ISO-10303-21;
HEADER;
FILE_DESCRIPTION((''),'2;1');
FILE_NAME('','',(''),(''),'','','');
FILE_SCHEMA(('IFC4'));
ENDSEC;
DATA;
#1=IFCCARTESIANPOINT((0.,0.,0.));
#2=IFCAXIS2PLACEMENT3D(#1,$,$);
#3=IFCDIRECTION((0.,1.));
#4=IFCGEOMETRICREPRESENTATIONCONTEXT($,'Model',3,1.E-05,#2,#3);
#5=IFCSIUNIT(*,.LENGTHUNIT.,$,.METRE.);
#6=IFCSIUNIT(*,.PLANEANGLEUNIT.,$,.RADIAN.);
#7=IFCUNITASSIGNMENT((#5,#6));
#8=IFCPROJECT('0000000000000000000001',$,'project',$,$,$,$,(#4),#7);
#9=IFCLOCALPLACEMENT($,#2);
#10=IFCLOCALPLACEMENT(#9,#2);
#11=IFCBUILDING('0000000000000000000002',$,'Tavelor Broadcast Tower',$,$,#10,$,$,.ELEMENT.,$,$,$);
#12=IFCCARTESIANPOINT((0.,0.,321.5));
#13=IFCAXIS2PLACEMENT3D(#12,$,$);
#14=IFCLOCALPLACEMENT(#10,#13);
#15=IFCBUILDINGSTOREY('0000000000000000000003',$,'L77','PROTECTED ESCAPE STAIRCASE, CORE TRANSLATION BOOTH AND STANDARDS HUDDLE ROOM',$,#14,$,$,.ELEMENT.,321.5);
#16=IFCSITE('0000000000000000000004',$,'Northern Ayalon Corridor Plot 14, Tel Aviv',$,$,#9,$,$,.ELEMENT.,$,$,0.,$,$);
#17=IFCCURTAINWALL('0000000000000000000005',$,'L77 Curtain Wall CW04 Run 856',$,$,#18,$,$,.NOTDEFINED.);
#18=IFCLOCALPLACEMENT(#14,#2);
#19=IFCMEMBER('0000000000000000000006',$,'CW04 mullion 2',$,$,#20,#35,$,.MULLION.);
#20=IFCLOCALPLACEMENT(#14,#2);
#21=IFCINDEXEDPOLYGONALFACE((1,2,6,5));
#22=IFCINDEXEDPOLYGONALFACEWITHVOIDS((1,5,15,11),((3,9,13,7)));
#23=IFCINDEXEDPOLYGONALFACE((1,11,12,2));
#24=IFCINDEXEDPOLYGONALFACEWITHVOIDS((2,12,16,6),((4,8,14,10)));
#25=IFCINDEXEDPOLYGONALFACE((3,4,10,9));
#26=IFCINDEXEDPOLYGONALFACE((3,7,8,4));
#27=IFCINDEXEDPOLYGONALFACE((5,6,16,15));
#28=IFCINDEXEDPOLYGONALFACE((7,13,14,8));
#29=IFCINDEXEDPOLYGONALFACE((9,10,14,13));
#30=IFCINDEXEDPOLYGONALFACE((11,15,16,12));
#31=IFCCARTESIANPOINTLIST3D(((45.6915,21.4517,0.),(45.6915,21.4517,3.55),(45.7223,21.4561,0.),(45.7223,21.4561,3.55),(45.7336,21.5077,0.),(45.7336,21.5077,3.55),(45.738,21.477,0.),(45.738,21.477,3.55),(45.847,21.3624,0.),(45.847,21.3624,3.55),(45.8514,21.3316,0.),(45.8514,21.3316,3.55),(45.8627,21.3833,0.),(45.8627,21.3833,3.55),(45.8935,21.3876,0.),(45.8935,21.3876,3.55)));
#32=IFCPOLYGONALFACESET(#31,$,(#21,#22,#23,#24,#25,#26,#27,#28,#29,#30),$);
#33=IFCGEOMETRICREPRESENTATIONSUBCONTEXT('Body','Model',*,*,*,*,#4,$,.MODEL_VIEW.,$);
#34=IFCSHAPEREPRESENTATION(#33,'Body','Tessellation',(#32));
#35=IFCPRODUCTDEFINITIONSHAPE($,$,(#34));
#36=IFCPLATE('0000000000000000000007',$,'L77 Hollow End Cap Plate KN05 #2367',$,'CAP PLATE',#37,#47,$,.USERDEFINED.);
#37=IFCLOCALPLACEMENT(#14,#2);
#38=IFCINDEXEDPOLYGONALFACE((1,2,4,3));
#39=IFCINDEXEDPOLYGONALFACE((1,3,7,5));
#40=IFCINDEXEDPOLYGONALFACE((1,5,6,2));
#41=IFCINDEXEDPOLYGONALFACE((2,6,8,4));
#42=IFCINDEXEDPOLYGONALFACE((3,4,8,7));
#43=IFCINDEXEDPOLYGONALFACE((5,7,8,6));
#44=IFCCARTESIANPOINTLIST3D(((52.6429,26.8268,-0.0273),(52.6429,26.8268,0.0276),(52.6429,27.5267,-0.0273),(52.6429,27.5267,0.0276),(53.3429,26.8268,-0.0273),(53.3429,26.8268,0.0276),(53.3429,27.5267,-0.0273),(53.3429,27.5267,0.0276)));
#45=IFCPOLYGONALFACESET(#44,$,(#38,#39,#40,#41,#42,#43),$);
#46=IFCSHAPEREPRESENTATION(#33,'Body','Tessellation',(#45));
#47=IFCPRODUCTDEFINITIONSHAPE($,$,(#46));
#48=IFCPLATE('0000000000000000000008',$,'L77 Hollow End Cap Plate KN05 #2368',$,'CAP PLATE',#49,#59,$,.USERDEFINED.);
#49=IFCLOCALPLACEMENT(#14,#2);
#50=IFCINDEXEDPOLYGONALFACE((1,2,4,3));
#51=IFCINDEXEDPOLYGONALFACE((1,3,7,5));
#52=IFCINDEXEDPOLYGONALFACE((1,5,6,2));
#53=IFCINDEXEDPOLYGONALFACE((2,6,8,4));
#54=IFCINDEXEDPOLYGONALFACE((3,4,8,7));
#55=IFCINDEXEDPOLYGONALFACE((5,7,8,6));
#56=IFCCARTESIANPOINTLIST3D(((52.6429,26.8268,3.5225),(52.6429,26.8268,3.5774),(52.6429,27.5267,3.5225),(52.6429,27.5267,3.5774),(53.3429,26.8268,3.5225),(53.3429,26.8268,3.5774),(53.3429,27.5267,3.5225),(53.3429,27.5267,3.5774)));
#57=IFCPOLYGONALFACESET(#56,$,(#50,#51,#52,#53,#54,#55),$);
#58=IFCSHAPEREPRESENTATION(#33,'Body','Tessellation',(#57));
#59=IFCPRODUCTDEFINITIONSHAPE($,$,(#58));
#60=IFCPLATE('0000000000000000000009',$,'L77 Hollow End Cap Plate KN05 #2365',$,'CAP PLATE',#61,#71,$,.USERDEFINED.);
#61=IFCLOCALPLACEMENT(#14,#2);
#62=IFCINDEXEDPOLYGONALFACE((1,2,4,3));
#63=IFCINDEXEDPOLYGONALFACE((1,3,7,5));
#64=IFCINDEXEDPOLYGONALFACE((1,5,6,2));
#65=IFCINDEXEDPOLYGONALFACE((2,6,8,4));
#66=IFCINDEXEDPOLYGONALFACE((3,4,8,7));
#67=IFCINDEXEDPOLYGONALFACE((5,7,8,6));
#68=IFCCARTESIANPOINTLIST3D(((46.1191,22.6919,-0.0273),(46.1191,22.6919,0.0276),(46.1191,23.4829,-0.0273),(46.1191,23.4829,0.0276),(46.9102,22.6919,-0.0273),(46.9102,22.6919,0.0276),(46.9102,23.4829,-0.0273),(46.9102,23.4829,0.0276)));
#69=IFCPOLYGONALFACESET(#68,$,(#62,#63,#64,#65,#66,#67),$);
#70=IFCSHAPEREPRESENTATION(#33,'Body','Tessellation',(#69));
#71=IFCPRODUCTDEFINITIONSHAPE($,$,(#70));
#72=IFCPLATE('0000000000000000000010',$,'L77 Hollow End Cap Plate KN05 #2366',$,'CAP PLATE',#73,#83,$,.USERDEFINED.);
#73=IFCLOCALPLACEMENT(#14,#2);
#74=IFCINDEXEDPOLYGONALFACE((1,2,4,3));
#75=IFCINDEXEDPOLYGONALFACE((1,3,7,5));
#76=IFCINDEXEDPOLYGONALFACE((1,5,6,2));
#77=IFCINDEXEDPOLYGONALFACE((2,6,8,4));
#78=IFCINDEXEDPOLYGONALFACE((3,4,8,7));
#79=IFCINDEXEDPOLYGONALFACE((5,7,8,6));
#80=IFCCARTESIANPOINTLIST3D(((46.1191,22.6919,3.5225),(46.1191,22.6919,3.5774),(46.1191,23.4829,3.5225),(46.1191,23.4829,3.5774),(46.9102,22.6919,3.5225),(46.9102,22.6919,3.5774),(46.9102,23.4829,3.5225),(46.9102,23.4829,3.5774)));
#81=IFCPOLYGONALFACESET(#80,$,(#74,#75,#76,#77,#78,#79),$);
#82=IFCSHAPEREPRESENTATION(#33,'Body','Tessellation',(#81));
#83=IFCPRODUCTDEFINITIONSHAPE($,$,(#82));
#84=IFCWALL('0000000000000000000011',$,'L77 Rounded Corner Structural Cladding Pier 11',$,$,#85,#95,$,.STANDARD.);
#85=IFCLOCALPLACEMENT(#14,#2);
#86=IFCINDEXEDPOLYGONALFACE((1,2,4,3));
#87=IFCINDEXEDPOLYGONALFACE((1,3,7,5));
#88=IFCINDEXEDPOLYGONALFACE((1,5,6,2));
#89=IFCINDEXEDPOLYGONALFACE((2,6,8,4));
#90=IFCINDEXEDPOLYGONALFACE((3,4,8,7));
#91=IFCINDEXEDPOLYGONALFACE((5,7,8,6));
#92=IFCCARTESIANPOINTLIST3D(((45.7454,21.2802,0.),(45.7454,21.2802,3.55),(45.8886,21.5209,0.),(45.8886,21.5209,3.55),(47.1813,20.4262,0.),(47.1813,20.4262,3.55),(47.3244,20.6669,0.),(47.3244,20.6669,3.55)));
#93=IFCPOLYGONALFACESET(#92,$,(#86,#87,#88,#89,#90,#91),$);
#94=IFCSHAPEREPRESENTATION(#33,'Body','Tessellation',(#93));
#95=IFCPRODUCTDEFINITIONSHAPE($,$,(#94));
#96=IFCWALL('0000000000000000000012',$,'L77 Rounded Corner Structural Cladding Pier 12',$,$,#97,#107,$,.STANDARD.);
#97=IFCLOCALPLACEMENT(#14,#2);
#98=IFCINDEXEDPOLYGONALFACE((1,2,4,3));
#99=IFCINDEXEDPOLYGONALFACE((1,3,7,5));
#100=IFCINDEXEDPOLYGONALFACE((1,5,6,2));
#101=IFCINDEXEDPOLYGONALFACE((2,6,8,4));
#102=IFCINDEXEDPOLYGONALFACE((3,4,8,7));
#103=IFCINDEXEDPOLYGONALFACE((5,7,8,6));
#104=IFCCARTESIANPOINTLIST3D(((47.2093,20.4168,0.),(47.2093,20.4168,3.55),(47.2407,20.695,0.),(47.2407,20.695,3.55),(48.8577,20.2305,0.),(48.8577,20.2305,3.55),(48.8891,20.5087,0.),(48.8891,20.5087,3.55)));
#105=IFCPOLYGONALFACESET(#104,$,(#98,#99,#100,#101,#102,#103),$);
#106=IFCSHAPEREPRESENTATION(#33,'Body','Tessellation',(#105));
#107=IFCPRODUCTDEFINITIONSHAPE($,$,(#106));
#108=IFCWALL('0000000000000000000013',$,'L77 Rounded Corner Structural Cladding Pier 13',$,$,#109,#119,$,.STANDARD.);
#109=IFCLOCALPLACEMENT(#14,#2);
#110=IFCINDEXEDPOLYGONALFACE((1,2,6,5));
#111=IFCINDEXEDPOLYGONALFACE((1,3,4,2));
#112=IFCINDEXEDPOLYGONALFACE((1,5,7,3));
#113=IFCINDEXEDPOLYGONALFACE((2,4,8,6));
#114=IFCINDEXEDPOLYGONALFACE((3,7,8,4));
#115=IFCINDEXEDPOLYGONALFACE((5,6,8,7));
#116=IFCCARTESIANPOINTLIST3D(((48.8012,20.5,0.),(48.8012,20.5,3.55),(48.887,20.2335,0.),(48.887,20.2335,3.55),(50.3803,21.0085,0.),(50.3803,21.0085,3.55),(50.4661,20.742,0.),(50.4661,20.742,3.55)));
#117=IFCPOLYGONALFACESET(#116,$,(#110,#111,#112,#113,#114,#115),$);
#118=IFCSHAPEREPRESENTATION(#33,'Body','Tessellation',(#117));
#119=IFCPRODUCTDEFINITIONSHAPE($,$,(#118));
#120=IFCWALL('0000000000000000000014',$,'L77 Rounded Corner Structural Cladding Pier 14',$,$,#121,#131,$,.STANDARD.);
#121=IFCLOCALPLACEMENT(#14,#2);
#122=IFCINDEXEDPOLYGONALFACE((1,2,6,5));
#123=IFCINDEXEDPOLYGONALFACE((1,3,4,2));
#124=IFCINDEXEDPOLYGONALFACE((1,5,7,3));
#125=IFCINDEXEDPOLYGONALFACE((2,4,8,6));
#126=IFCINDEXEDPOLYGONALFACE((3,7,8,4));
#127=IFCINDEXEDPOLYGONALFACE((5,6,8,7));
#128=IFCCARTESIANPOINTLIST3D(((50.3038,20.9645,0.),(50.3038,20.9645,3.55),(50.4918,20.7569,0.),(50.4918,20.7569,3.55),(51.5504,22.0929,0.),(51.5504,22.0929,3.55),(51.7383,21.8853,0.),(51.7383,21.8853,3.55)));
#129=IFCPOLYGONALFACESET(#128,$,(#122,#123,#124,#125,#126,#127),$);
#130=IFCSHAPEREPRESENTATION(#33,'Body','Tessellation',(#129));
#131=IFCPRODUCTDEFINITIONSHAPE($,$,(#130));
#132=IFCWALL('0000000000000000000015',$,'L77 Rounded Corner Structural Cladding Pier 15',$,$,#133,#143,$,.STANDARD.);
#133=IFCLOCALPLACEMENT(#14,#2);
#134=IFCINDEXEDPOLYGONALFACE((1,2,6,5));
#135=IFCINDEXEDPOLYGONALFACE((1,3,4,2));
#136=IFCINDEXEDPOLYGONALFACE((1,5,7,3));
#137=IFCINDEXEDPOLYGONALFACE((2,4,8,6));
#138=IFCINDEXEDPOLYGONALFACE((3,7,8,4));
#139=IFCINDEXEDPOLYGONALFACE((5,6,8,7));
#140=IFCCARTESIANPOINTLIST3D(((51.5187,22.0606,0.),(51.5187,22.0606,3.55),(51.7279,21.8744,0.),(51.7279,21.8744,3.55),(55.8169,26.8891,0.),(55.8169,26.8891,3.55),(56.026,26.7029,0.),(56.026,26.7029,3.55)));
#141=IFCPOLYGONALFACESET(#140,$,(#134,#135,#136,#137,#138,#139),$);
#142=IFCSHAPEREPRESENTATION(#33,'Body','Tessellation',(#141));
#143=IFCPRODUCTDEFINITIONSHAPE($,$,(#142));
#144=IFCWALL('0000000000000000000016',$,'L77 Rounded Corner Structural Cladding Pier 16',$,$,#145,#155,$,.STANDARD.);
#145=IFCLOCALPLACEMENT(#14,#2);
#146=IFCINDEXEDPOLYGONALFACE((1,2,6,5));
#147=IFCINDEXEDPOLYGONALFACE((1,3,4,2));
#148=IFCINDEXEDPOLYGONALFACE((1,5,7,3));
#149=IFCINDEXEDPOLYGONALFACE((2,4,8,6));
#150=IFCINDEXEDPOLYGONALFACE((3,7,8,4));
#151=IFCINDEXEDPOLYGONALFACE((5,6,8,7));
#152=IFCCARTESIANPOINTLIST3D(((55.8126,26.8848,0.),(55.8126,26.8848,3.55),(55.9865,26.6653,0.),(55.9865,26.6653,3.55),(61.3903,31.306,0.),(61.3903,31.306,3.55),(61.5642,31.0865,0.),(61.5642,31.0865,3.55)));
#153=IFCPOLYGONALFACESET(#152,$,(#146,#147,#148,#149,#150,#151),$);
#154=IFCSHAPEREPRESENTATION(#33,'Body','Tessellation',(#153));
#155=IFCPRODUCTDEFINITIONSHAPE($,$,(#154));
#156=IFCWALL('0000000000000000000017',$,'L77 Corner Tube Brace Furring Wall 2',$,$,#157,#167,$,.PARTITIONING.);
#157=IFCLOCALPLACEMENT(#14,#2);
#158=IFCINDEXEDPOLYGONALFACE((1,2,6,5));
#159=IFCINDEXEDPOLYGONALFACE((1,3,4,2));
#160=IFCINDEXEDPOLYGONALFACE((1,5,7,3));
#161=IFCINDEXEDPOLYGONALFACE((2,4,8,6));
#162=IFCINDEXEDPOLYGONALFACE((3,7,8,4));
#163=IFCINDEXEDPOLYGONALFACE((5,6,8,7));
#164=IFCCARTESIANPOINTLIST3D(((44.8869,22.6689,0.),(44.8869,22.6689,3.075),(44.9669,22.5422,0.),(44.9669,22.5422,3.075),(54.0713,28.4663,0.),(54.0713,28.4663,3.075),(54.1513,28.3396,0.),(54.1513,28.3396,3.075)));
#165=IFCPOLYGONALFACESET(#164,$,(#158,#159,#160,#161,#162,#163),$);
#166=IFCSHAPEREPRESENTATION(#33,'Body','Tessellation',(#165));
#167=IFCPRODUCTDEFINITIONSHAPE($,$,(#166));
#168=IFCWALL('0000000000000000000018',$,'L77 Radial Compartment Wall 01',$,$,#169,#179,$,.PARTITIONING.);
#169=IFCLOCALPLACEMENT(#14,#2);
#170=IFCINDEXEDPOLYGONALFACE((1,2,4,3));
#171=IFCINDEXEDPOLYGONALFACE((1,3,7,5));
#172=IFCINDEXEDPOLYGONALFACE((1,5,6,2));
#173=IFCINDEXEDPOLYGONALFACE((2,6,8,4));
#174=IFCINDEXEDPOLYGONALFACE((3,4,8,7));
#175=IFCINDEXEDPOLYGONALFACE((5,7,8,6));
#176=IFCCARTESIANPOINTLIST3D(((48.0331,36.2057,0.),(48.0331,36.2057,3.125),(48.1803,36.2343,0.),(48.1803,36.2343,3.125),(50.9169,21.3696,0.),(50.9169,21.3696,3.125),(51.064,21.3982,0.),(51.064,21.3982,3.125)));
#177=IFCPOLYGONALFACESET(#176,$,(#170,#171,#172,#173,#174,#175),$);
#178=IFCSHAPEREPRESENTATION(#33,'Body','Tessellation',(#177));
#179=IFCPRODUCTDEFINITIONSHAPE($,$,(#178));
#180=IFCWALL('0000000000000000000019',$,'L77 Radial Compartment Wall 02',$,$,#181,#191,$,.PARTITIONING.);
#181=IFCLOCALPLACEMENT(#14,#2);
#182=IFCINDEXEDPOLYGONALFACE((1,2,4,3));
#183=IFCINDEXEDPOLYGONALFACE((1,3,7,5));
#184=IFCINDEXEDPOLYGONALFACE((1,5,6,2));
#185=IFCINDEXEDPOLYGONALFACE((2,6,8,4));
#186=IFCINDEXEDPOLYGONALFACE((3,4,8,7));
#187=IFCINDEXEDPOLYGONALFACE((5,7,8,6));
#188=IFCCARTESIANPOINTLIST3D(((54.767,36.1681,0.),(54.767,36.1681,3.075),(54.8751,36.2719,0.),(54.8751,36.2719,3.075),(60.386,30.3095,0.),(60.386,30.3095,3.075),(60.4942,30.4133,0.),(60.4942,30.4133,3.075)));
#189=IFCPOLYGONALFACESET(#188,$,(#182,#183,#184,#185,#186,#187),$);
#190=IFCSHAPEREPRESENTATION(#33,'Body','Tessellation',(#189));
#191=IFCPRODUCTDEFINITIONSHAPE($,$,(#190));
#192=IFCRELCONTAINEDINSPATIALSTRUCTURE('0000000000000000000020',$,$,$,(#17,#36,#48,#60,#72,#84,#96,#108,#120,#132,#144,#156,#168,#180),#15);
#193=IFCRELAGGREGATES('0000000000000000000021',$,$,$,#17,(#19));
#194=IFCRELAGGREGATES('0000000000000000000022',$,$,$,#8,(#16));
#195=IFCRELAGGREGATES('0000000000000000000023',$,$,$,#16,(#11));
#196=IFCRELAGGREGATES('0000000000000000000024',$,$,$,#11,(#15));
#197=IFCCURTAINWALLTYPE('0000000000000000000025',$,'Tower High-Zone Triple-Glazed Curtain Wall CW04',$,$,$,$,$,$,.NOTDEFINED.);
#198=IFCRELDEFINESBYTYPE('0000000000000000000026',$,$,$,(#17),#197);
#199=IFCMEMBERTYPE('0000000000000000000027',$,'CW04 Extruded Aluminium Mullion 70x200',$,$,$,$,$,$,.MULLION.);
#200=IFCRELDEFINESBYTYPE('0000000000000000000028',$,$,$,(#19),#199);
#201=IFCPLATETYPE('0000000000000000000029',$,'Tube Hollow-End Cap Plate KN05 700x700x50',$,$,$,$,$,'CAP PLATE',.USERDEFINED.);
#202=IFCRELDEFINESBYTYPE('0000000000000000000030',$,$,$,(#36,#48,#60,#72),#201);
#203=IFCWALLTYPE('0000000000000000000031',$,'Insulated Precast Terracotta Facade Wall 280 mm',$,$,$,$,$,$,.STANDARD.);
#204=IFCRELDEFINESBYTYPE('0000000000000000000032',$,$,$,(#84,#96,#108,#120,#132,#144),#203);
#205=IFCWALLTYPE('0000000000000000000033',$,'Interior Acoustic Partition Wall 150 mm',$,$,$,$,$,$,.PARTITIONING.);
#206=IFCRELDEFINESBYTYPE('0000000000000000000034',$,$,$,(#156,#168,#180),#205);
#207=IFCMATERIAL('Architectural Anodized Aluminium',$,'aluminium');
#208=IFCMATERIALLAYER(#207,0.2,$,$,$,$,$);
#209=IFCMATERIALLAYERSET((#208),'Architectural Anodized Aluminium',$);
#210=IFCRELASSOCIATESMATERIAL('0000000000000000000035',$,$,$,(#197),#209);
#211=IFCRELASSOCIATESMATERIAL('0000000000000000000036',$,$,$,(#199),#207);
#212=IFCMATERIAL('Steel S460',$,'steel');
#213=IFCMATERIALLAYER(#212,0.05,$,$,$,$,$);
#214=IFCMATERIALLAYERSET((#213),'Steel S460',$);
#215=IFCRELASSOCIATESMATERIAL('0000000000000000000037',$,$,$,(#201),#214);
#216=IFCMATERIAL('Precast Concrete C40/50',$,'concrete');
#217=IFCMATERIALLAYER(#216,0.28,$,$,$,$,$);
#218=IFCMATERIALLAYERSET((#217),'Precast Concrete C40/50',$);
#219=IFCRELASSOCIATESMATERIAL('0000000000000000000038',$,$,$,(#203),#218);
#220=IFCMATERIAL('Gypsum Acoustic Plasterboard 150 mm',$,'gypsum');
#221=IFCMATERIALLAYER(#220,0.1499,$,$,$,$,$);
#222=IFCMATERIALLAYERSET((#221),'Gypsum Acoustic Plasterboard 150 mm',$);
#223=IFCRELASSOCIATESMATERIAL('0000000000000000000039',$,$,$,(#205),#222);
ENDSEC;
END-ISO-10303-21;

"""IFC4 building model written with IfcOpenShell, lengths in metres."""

from ifc_helpers import new_model, si_unit, direction, frame, frame_2d, origin, origin_2d, place, context, subcontext, project, spatial, rectangle, hollow_rectangle, extrude, source, transform, mapped, material, layer, layer_set, material_profile, profile_set, type_object, type_shapes, element, aggregate, save


model = new_model("IFC4")

# Units and contexts
model_context = context("Model", 3, precision=1e-05, world=origin(), true_north=direction((0.0, 1.0)))
body_context = subcontext(model_context, "Body", "Model", "MODEL_VIEW")
ifc_project = project(units=[si_unit("LENGTHUNIT", "METRE"), si_unit("PLANEANGLEUNIT", "RADIAN")], contexts=[model_context])

# Site, building, storey
site_placement = place(None, origin())
site = spatial("IfcSite", under=ifc_project, at=site_placement, Name="Northern Ayalon Corridor Plot 14, Tel Aviv", CompositionType="ELEMENT", RefElevation=0.0)
building_placement = place(site_placement, origin())
building = spatial("IfcBuilding", under=site, at=building_placement, Name="Tavelor Broadcast Tower", CompositionType="ELEMENT")
storey_placement = place(building_placement, frame((0.0, 0.0, 321.5)))
storey = spatial("IfcBuildingStorey", under=building, at=storey_placement, Name="L77", Description="PROTECTED ESCAPE STAIRCASE, CORE TRANSLATION BOOTH AND STANDARDS HUDDLE ROOM", CompositionType="ELEMENT", Elevation=321.5)

# Shared definitions
ifc_material_1 = material(Name="Steel S460", Category="steel")

# Curtain wall, member
ifc_material_2 = material(Name="Architectural Anodized Aluminium", Category="aluminium")
ifc_layer_1 = layer(ifc_material_2, 0.2)
ifc_layer_set_1 = layer_set([ifc_layer_1], Name="Architectural Anodized Aluminium")
curtain_wall_type = type_object("IfcCurtainWallType", Name="Tower High-Zone Triple-Glazed Curtain Wall CW04", PredefinedType="NOTDEFINED", material=ifc_layer_set_1)
curtain_wall_placement = place(storey_placement, origin())
curtain_wall = element("IfcCurtainWall", 1, at=curtain_wall_placement, inside=storey, type_object=curtain_wall_type, Name="L77 Curtain Wall CW04 Run 856", PredefinedType="NOTDEFINED")
ifc_material_profile_1 = material_profile(ifc_material_2, hollow_rectangle(XDim=0.0701, YDim=0.2, WallThickness=0.022, at=origin_2d()), Name="RHS 70x200x22")
ifc_profile_set_1 = profile_set([ifc_material_profile_1], Name="Architectural Anodized Aluminium")
member_type = type_object("IfcMemberType", Name="CW04 Extruded Aluminium Mullion 70x200", PredefinedType="MULLION", material=ifc_profile_set_1)
shared_shape_1 = source(origin(), body_context, "Body", "SweptSolid", [
    extrude(hollow_rectangle(XDim=0.0701, YDim=0.2, WallThickness=0.022, at=origin_2d()), origin(), (0.0, 0.0, 1.0), 3.55),
])
type_shapes(member_type, [shared_shape_1])
member_placement = place(storey_placement, frame((45.7925, 21.4197, 0.0), z_axis=(0.0, 0.0, 1.0), x_axis=(0.600747, 0.799439, 0.0)))
member = element("IfcMember", 2, at=member_placement, type_object=member_type, Name="CW04 mullion 2", PredefinedType="MULLION", context=body_context, shape_type="MappedRepresentation", body=[
    mapped(shared_shape_1, transform((0.0, 0.0, 0.0), scale=1.0)),
])
aggregate(curtain_wall, [member])

# Plates
ifc_layer_2 = layer(ifc_material_1, 0.05)
ifc_layer_set_2 = layer_set([ifc_layer_2], Name="Steel S460")
plate_type = type_object("IfcPlateType", Name="Tube Hollow-End Cap Plate KN05 700x700x50", ElementType="CAP PLATE", PredefinedType="USERDEFINED", material=ifc_layer_set_2)
shared_shape_2 = source(origin(), body_context, "Body", "SweptSolid", [
    extrude(rectangle(XDim=0.7, YDim=0.7, at=origin_2d()), origin(), (0.0, 0.0, 1.0), 0.0549),
])
for number, where, z_axis, x_axis, name in (
    (3, (52.9929, 27.1768, -0.0273), (0.0, 0.0, 1.0), (1.0, 0.0, 0.0), "L77 Hollow End Cap Plate KN05 #2367"),
    (4, (52.9929, 27.1768, 3.5225), (0.0, 0.0, 1.0), (1.0, 0.0, 0.0), "L77 Hollow End Cap Plate KN05 #2368"),
):
    element("IfcPlate", number, at=place(storey_placement, frame(where, z_axis=z_axis, x_axis=x_axis)), inside=storey, type_object=plate_type, Name=name, ObjectType="CAP PLATE", PredefinedType="USERDEFINED", context=body_context, shape_type="MappedRepresentation", body=[
        mapped(shared_shape_2, transform((0.0, 0.0, 0.0), scale=1.0)),
    ])
shared_shape_3 = source(origin(), body_context, "Body", "SweptSolid", [
    extrude(rectangle(XDim=0.791, YDim=0.791, at=origin_2d()), origin(), (0.0, 0.0, 1.0), 0.0549),
])
type_shapes(plate_type, [shared_shape_2, shared_shape_3])
for number, where, z_axis, x_axis, name in (
    (5, (46.5146, 23.0874, -0.0273), (0.0, 0.0, 1.0), (1.0, 0.0, 0.0), "L77 Hollow End Cap Plate KN05 #2365"),
    (6, (46.5146, 23.0874, 3.5225), (0.0, 0.0, 1.0), (1.0, 0.0, 0.0), "L77 Hollow End Cap Plate KN05 #2366"),
):
    element("IfcPlate", number, at=place(storey_placement, frame(where, z_axis=z_axis, x_axis=x_axis)), inside=storey, type_object=plate_type, Name=name, ObjectType="CAP PLATE", PredefinedType="USERDEFINED", context=body_context, shape_type="MappedRepresentation", body=[
        mapped(shared_shape_3, transform((0.0, 0.0, 0.0), scale=1.0)),
    ])

# Walls
ifc_material_3 = material(Name="Precast Concrete C40/50", Category="concrete")
ifc_layer_3 = layer(ifc_material_3, 0.28)
ifc_layer_set_3 = layer_set([ifc_layer_3], Name="Precast Concrete C40/50")
wall_type_1 = type_object("IfcWallType", Name="Insulated Precast Terracotta Facade Wall 280 mm", PredefinedType="STANDARD", material=ifc_layer_set_3)
wall_1_placement = place(storey_placement, frame((45.8169, 21.4006, 0.0), z_axis=(0.0, 0.0, 1.0), x_axis=(0.85946, -0.511204, 0.0)))
element("IfcWall", 7, at=wall_1_placement, inside=storey, type_object=wall_type_1, Name="L77 Rounded Corner Structural Cladding Pier 11", PredefinedType="STANDARD", context=body_context, shape_type="SweptSolid", body=[
    extrude(rectangle(XDim=1.6707, YDim=0.28, at=frame_2d((0.8354, 0.0))), origin(), (0.0, 0.0, 1.0), 3.55),
])
for number, where, z_axis, x_axis, name in (
    (8, (47.2249, 20.5559, 0.0), (0.0, 0.0, 1.0), (0.993676, -0.112289, 0.0), "L77 Rounded Corner Structural Cladding Pier 12"),
    (9, (48.844, 20.3667, 0.0), (0.0, 0.0, 1.0), (0.951857, 0.306543, 0.0), "L77 Rounded Corner Structural Cladding Pier 13"),
):
    element("IfcWall", number, at=place(storey_placement, frame(where, z_axis=z_axis, x_axis=x_axis)), inside=storey, type_object=wall_type_1, Name=name, PredefinedType="STANDARD", context=body_context, shape_type="SweptSolid", body=[
        extrude(rectangle(XDim=1.6589, YDim=0.28, at=frame_2d((0.8296, 0.0))), origin(), (0.0, 0.0, 1.0), 3.55),
    ])
wall_2_placement = place(storey_placement, frame((50.3977, 20.8606, 0.0), z_axis=(0.0, 0.0, 1.0), x_axis=(0.741371, 0.671096, 0.0)))
element("IfcWall", 10, at=wall_2_placement, inside=storey, type_object=wall_type_1, Name="L77 Rounded Corner Structural Cladding Pier 14", PredefinedType="STANDARD", context=body_context, shape_type="SweptSolid", body=[
    extrude(rectangle(XDim=1.6814, YDim=0.28, at=frame_2d((0.8408, 0.0))), origin(), (0.0, 0.0, 1.0), 3.55),
])
wall_3_placement = place(storey_placement, frame((51.6233, 21.9675, 0.0), z_axis=(0.0, 0.0, 1.0), x_axis=(0.6649, 0.746932, 0.0)))
element("IfcWall", 11, at=wall_3_placement, inside=storey, type_object=wall_type_1, Name="L77 Rounded Corner Structural Cladding Pier 15", PredefinedType="STANDARD", context=body_context, shape_type="SweptSolid", body=[
    extrude(rectangle(XDim=6.4644, YDim=0.28, at=frame_2d((3.2322, 0.0))), origin(), (0.0, 0.0, 1.0), 3.55),
])
wall_4_placement = place(storey_placement, frame((55.8997, 26.7751, 0.0), z_axis=(0.0, 0.0, 1.0), x_axis=(0.783669, 0.621179, 0.0)))
element("IfcWall", 12, at=wall_4_placement, inside=storey, type_object=wall_type_1, Name="L77 Rounded Corner Structural Cladding Pier 16", PredefinedType="STANDARD", context=body_context, shape_type="SweptSolid", body=[
    extrude(rectangle(XDim=7.1174, YDim=0.28, at=frame_2d((3.5586, 0.0))), origin(), (0.0, 0.0, 1.0), 3.55),
])
ifc_material_4 = material(Name="Gypsum Acoustic Plasterboard 150 mm", Category="gypsum")
ifc_layer_4 = layer(ifc_material_4, 0.1499)
ifc_layer_set_4 = layer_set([ifc_layer_4], Name="Gypsum Acoustic Plasterboard 150 mm")
wall_type_2 = type_object("IfcWallType", Name="Interior Acoustic Partition Wall 150 mm", PredefinedType="PARTITIONING", material=ifc_layer_set_4)
wall_5_placement = place(storey_placement, frame((44.9268, 22.6055, 0.0), z_axis=(0.0, 0.0, 1.0), x_axis=(0.845625, 0.533778, 0.0)))
element("IfcWall", 13, at=wall_5_placement, inside=storey, type_object=wall_type_2, Name="L77 Corner Tube Brace Furring Wall 2", PredefinedType="PARTITIONING", context=body_context, shape_type="SweptSolid", body=[
    extrude(rectangle(XDim=10.8611, YDim=0.1499, at=frame_2d((5.4307, 0.0))), origin(), (0.0, 0.0, 1.0), 3.075),
])
wall_6_placement = place(storey_placement, frame((48.1067, 36.22, 0.0), z_axis=(0.0, 0.0, 1.0), x_axis=(0.190804, -0.981628, 0.0)))
element("IfcWall", 14, at=wall_6_placement, inside=storey, type_object=wall_type_2, Name="L77 Radial Compartment Wall 01", PredefinedType="PARTITIONING", context=body_context, shape_type="SweptSolid", body=[
    extrude(rectangle(XDim=15.1138, YDim=0.1499, at=frame_2d((7.5569, 0.0))), origin(), (0.0, 0.0, 1.0), 3.125),
])
wall_7_placement = place(storey_placement, frame((54.821, 36.22, 0.0), z_axis=(0.0, 0.0, 1.0), x_axis=(0.692201, -0.721705, 0.0)))
element("IfcWall", 15, at=wall_7_placement, inside=storey, type_object=wall_type_2, Name="L77 Radial Compartment Wall 02", PredefinedType="PARTITIONING", context=body_context, shape_type="SweptSolid", body=[
    extrude(rectangle(XDim=8.1177, YDim=0.1499, at=frame_2d((4.0588, 0.0))), origin(), (0.0, 0.0, 1.0), 3.075),
])

save(model, "model.ifc")
